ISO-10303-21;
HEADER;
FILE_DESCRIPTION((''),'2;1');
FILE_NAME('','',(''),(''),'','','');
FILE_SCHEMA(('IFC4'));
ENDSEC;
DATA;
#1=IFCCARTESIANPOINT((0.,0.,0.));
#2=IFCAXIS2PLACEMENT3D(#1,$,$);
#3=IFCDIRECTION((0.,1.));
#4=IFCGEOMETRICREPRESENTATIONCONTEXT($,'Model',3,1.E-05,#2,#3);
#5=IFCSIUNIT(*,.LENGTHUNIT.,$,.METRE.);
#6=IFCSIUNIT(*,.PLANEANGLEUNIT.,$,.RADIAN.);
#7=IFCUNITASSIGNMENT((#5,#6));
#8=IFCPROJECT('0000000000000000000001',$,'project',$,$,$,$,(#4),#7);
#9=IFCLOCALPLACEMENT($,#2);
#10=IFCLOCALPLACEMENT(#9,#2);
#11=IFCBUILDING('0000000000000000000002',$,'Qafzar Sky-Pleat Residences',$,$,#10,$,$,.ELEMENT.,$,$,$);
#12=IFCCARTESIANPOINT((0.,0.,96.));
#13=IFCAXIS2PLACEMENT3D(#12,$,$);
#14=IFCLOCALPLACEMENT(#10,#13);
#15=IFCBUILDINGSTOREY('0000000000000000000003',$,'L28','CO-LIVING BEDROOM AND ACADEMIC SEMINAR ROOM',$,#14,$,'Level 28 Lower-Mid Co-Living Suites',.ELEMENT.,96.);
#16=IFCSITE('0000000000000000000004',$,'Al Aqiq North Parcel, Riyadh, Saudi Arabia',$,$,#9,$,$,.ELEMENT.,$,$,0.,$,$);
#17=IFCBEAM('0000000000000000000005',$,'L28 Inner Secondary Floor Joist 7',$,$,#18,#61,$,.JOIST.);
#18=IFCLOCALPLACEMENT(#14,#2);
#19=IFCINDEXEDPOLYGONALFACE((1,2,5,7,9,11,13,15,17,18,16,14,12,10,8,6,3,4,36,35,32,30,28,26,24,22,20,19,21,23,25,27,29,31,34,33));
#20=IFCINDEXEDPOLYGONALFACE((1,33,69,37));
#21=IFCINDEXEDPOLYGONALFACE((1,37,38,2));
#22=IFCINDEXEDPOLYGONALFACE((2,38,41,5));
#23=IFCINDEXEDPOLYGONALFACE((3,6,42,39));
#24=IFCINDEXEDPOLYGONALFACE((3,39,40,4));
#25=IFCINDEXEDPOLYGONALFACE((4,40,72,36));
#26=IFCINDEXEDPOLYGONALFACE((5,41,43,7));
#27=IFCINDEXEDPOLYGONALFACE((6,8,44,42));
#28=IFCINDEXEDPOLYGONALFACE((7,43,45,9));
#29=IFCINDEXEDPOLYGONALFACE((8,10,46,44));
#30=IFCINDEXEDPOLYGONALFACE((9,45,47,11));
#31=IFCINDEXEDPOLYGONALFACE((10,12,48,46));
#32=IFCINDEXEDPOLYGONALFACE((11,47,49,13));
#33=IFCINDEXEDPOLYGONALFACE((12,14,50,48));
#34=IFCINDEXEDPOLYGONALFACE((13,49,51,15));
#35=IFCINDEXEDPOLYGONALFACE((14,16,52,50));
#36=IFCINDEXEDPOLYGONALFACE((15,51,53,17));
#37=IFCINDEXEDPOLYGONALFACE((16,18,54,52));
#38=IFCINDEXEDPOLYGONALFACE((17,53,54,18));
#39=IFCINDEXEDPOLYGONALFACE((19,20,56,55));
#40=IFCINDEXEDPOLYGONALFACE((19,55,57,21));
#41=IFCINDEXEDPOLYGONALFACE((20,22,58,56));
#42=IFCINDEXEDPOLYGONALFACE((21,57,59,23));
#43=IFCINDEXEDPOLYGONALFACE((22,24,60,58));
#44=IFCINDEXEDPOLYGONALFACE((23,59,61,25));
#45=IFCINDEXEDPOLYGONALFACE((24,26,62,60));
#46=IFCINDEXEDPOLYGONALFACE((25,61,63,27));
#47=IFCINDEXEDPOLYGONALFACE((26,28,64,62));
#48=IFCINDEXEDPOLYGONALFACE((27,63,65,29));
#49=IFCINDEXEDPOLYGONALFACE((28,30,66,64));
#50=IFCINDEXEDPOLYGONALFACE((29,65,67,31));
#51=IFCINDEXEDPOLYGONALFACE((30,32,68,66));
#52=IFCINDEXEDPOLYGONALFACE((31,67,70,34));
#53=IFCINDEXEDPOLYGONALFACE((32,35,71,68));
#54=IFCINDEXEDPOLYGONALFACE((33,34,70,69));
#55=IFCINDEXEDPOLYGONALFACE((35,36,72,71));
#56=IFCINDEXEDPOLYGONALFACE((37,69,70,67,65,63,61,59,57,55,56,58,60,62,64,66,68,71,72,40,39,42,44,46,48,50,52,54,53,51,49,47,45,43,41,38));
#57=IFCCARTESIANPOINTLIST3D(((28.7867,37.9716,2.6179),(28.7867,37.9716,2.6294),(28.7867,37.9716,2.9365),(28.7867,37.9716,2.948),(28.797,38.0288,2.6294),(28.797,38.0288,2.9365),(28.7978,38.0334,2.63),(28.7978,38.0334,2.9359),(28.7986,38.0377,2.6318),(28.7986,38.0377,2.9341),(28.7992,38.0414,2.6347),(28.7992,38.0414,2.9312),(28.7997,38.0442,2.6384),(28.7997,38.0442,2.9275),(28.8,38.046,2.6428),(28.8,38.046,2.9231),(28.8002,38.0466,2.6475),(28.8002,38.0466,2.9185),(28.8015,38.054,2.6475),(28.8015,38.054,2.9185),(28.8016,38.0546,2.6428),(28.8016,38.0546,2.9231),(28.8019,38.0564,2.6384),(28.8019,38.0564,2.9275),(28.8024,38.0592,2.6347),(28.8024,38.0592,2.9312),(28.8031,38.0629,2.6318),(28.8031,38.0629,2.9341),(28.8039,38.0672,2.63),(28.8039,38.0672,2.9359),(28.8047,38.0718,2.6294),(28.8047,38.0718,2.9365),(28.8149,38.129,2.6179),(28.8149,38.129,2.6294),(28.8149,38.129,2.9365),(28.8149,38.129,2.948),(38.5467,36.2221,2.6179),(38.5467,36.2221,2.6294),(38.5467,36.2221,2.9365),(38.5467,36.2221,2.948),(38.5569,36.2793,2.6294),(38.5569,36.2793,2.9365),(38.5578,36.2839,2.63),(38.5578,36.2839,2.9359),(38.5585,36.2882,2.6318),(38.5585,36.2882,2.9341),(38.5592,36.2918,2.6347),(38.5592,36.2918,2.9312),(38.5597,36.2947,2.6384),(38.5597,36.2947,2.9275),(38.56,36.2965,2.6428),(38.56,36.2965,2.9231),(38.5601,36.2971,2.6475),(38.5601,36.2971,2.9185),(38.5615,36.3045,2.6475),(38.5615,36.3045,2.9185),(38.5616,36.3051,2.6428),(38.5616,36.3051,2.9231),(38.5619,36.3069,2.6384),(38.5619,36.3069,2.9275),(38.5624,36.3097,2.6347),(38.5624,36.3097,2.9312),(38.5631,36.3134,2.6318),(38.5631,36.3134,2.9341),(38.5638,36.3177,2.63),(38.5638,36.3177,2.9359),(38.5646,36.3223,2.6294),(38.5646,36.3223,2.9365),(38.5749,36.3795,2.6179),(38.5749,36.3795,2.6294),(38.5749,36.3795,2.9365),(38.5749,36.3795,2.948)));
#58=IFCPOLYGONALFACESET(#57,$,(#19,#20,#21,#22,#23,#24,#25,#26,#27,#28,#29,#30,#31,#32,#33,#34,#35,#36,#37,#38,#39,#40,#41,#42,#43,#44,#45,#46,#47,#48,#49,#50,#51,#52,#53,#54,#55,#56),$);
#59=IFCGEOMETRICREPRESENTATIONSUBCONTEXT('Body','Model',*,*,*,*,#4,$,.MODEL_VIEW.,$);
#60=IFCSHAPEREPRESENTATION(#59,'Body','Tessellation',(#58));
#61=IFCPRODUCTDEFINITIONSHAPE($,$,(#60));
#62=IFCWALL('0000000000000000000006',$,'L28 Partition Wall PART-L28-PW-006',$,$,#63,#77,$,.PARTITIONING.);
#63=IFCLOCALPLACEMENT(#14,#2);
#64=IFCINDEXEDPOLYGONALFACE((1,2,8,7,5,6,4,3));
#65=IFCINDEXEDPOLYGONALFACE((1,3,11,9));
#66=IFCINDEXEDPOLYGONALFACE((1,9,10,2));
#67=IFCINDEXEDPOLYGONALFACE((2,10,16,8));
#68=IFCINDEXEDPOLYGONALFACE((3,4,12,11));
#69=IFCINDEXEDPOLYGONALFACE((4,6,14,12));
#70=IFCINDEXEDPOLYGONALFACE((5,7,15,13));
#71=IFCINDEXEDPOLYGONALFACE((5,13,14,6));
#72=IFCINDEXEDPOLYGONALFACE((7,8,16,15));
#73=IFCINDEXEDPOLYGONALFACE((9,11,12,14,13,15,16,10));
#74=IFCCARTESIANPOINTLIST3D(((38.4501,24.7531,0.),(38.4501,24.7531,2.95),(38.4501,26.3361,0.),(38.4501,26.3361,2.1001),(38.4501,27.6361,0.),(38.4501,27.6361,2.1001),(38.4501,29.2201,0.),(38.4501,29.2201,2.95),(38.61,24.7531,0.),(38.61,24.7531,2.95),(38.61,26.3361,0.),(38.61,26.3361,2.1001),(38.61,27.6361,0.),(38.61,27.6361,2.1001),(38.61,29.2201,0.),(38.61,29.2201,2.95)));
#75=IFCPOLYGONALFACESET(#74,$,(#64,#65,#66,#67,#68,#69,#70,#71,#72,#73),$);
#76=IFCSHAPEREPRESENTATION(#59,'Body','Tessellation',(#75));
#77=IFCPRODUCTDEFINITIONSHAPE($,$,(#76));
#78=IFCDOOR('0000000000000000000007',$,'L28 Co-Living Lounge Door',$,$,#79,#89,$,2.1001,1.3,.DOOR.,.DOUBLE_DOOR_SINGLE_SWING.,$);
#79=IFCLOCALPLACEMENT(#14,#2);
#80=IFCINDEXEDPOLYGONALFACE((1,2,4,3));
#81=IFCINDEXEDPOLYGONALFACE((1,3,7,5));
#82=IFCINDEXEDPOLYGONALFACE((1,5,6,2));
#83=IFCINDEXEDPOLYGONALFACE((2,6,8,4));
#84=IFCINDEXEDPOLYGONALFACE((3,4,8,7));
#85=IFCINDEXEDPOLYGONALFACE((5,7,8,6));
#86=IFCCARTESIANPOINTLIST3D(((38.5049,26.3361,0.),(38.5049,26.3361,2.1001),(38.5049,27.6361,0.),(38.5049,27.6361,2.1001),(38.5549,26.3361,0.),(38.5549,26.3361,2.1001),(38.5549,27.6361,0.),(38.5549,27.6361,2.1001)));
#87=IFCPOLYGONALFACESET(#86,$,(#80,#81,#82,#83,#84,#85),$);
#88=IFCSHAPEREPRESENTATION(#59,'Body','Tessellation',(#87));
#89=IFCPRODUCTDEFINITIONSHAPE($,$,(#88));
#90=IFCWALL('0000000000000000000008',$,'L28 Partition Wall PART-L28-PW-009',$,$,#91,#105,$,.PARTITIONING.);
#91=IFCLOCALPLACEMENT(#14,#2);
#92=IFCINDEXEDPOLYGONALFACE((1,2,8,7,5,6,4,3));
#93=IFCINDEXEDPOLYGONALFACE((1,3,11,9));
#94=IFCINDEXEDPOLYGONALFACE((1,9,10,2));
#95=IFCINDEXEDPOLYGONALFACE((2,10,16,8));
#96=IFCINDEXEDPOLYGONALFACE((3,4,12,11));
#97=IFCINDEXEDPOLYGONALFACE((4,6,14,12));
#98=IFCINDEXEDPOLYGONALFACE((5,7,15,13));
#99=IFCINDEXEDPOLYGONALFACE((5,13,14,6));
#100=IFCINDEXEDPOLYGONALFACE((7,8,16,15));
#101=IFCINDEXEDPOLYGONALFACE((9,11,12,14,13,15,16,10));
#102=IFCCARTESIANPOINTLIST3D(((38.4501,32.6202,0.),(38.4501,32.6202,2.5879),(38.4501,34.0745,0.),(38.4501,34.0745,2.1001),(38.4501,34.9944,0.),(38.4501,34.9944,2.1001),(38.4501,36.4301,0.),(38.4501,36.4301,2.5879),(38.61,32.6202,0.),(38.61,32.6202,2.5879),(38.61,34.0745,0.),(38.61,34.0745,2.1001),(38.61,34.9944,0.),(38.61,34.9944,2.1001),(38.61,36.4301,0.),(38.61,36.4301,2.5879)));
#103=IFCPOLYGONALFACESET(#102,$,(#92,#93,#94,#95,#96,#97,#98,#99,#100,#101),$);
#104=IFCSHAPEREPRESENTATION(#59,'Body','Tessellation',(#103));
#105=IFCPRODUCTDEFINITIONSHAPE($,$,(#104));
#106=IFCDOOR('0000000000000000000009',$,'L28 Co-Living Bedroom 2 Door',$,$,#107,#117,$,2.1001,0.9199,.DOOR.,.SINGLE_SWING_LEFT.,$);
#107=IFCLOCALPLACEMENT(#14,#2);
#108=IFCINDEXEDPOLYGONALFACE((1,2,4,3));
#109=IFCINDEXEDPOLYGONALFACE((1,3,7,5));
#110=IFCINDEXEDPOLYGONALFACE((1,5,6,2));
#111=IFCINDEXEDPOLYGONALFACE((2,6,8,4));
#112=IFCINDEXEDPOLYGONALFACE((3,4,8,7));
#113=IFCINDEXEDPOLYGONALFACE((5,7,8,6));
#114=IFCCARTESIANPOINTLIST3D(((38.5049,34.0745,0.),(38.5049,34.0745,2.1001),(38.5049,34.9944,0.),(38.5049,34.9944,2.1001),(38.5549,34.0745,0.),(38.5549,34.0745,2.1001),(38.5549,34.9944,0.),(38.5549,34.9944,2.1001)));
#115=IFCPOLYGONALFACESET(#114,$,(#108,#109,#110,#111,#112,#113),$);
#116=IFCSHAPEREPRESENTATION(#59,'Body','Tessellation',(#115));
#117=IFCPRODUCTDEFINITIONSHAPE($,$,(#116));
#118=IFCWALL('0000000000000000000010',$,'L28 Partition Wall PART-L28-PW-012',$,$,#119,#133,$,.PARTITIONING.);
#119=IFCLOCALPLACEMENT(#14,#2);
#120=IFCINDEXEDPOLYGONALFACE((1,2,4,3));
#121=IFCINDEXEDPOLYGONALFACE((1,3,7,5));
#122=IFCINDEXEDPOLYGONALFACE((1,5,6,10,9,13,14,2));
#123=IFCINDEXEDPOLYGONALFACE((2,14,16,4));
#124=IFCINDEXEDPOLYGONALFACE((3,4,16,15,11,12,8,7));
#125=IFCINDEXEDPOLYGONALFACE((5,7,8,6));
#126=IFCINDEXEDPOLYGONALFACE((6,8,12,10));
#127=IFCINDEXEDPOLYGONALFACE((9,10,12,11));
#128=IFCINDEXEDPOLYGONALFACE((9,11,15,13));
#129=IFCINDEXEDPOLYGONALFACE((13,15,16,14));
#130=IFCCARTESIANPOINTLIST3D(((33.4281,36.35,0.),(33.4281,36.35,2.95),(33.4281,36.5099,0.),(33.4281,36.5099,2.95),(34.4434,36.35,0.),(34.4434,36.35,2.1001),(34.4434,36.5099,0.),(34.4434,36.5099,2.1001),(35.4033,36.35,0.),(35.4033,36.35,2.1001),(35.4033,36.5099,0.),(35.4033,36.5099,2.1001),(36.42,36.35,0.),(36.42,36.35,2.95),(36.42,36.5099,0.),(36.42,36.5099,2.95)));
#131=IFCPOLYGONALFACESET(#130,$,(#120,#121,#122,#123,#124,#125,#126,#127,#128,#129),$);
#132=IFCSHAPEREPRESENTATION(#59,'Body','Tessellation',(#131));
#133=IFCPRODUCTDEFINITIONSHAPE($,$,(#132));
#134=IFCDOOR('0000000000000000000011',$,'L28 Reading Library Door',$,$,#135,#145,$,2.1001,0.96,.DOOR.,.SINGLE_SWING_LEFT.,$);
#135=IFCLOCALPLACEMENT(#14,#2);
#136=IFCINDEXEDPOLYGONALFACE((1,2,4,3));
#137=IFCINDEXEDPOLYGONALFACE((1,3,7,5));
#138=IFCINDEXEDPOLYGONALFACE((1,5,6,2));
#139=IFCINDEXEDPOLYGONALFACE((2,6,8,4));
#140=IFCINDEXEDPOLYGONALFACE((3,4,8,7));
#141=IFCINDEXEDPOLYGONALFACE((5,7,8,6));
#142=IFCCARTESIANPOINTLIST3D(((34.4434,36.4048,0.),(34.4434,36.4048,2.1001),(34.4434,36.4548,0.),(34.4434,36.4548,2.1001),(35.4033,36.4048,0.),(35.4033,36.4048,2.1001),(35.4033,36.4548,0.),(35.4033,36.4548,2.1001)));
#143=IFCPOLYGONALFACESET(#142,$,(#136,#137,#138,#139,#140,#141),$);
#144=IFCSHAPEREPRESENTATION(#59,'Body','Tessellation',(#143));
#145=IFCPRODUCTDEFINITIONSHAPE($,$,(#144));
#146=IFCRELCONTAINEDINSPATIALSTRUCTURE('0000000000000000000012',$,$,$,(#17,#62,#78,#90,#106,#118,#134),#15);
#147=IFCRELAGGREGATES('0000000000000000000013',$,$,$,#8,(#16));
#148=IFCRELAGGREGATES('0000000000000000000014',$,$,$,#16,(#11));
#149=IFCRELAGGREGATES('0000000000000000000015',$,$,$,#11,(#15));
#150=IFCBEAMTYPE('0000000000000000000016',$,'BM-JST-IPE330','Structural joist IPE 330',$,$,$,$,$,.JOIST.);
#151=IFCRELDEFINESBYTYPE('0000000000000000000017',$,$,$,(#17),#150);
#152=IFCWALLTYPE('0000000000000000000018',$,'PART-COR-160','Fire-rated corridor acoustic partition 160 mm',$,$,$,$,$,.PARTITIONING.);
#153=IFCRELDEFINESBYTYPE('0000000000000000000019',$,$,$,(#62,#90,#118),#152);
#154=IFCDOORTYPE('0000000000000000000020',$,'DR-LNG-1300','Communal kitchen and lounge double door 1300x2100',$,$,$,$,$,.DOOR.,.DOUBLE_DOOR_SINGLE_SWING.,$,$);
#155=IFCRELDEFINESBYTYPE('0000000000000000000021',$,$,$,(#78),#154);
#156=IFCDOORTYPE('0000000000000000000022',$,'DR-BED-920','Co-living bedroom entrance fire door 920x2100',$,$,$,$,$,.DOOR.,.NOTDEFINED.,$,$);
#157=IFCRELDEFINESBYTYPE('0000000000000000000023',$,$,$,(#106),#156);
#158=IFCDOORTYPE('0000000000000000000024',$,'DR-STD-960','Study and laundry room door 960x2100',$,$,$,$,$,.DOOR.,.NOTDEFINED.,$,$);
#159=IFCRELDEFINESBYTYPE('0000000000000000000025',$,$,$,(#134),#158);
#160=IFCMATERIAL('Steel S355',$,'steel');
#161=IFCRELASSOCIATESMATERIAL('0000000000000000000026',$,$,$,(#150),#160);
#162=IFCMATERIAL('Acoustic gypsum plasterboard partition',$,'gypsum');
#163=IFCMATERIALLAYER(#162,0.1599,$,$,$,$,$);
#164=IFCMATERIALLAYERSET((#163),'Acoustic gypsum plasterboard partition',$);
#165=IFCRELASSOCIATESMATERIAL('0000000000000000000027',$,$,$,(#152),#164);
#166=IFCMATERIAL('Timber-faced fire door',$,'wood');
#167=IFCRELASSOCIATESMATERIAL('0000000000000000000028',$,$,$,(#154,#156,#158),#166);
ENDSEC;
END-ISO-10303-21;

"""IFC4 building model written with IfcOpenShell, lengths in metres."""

from ifc_helpers import new_model, si_unit, direction, frame, frame_2d, origin, origin_2d, place, context, subcontext, project, spatial, rectangle, i_section, extrude, source, transform, mapped, material, layer, layer_set, material_profile, profile_set, type_object, element, fill, save


model = new_model("IFC4")

# Units and contexts
model_context = context("Model", 3, precision=1e-05, world=origin(), true_north=direction((0.0, 1.0)))
body_context = subcontext(model_context, "Body", "Model", "MODEL_VIEW")
ifc_project = project(units=[si_unit("LENGTHUNIT", "METRE"), si_unit("PLANEANGLEUNIT", "RADIAN")], contexts=[model_context])

# Site, building, storey
site_placement = place(None, origin())
site = spatial("IfcSite", under=ifc_project, at=site_placement, Name="Al Aqiq North Parcel, Riyadh, Saudi Arabia", CompositionType="ELEMENT", RefElevation=0.0)
building_placement = place(site_placement, origin())
building = spatial("IfcBuilding", under=site, at=building_placement, Name="Qafzar Sky-Pleat Residences", CompositionType="ELEMENT")
storey_placement = place(building_placement, frame((0.0, 0.0, 96.0)))
storey = spatial("IfcBuildingStorey", under=building, at=storey_placement, Name="L28", Description="CO-LIVING BEDROOM AND ACADEMIC SEMINAR ROOM", LongName="Level 28 Lower-Mid Co-Living Suites", CompositionType="ELEMENT", Elevation=96.0)

# Beam
ifc_material_1 = material(Name="Steel S355", Category="steel")
ifc_material_profile = material_profile(ifc_material_1, i_section(OverallWidth=0.1599, OverallDepth=0.3301, WebThickness=0.0076, FlangeThickness=0.0115, FilletRadius=0.0181, at=origin_2d()), Name="IPE 330")
ifc_profile_set = profile_set([ifc_material_profile], Name="Steel S355")
beam_type = type_object("IfcBeamType", Name="BM-JST-IPE330", Description="Structural joist IPE 330", PredefinedType="JOIST", material=ifc_profile_set)
shared_shape_1 = source(origin(), body_context, "Body", "SweptSolid", [
    extrude(i_section(OverallWidth=0.1599, OverallDepth=0.3301, WebThickness=0.0076, FlangeThickness=0.0115, FilletRadius=0.0181, at=origin_2d()), origin(), (0.0, 0.0, 1.0), 9.9155),
])
beam_placement = place(storey_placement, frame((38.5608, 36.3008, 2.783), z_axis=(-0.984311, 0.176441, 0.0), x_axis=(-0.176441, -0.984311, 0.0)))
element("IfcBeam", 1, at=beam_placement, inside=storey, type_object=beam_type, Name="L28 Inner Secondary Floor Joist 7", PredefinedType="JOIST", context=body_context, shape_type="MappedRepresentation", body=[
    mapped(shared_shape_1, transform((0.0, 0.0, 0.0), x_axis=(1.0, 0.0, 0.0), y_axis=(0.0, 1.0, 0.0), z_axis=(0.0, 0.0, 1.0), scale=1.0)),
])

# Walls, openings, doors
ifc_material_2 = material(Name="Acoustic gypsum plasterboard partition", Category="gypsum")
ifc_layer_1 = layer(ifc_material_2, 0.1599)
ifc_layer_set_1 = layer_set([ifc_layer_1], Name="Acoustic gypsum plasterboard partition")
wall_type_1 = type_object("IfcWallType", Name="PART-COR-160", Description="Fire-rated corridor acoustic partition 160 mm", PredefinedType="PARTITIONING", material=ifc_layer_set_1)
wall_1_placement = place(storey_placement, frame((38.53, 29.22, 0.0), z_axis=(0.0, 0.0, 1.0), x_axis=(0.0, -1.0, 0.0)))
wall_1 = element("IfcWall", 2, at=wall_1_placement, inside=storey, type_object=wall_type_1, Name="L28 Partition Wall PART-L28-PW-006", PredefinedType="PARTITIONING", context=body_context, shape_type="SweptSolid", body=[
    extrude(rectangle(XDim=4.467, YDim=0.1599, at=frame_2d((2.2334, 0.0))), origin(), (0.0, 0.0, 1.0), 2.95),
])
opening_1_placement = place(wall_1_placement, frame((1.584, 0.0, 0.0)))
opening_1 = element("IfcOpeningElement", 3, at=opening_1_placement, cuts=wall_1, PredefinedType="OPENING", context=body_context, shape_type="SweptSolid", body=[
    extrude(rectangle(XDim=1.3, YDim=2.1001, at=frame_2d((0.6499, 1.05))), frame((0.0, 0.0898, 0.0), z_axis=(0.0, -1.0, 0.0), x_axis=(1.0, 0.0, 0.0)), (0.0, 0.0, 1.0), 0.1799),
])
ifc_material_3 = material(Name="Timber-faced fire door", Category="wood")
door_type_1 = type_object("IfcDoorType", Name="DR-LNG-1300", Description="Communal kitchen and lounge double door 1300x2100", OperationType="DOUBLE_DOOR_SINGLE_SWING", PredefinedType="DOOR", material=ifc_material_3)
shared_shape_2 = source(origin(), body_context, "Body", "SweptSolid", [
    extrude(rectangle(XDim=1.3, YDim=2.1001, at=frame_2d((0.6499, 1.05))), frame((0.0, 0.0249, 0.0), z_axis=(0.0, -1.0, 0.0), x_axis=(1.0, 0.0, 0.0)), (0.0, 0.0, 1.0), 0.05),
])
door_1_placement = place(opening_1_placement, origin())
door_1 = element("IfcDoor", 4, at=door_1_placement, inside=storey, type_object=door_type_1, Name="L28 Co-Living Lounge Door", OperationType="DOUBLE_DOOR_SINGLE_SWING", OverallHeight=2.1001, OverallWidth=1.3, PredefinedType="DOOR", context=body_context, shape_type="MappedRepresentation", body=[
    mapped(shared_shape_2, transform((0.0, 0.0, 0.0), x_axis=(1.0, 0.0, 0.0), y_axis=(0.0, 1.0, 0.0), z_axis=(0.0, 0.0, 1.0), scale=1.0)),
])
fill(opening_1, door_1)
wall_2_placement = place(storey_placement, frame((38.53, 36.4299, 0.0), z_axis=(0.0, 0.0, 1.0), x_axis=(0.0, -1.0, 0.0)))
wall_2 = element("IfcWall", 5, at=wall_2_placement, inside=storey, type_object=wall_type_1, Name="L28 Partition Wall PART-L28-PW-009", PredefinedType="PARTITIONING", context=body_context, shape_type="SweptSolid", body=[
    extrude(rectangle(XDim=3.8098, YDim=0.1599, at=frame_2d((1.9048, 0.0))), origin(), (0.0, 0.0, 1.0), 2.5879),
])
opening_2_placement = place(wall_2_placement, frame((1.4355, 0.0, 0.0)))
opening_2 = element("IfcOpeningElement", 6, at=opening_2_placement, cuts=wall_2, PredefinedType="OPENING", context=body_context, shape_type="SweptSolid", body=[
    extrude(rectangle(XDim=0.9199, YDim=2.1001, at=frame_2d((0.46, 1.05))), frame((0.0, 0.0898, 0.0), z_axis=(0.0, -1.0, 0.0), x_axis=(1.0, 0.0, 0.0)), (0.0, 0.0, 1.0), 0.1799),
])
door_type_2 = type_object("IfcDoorType", Name="DR-BED-920", Description="Co-living bedroom entrance fire door 920x2100", OperationType="NOTDEFINED", PredefinedType="DOOR", material=ifc_material_3)
shared_shape_3 = source(origin(), body_context, "Body", "SweptSolid", [
    extrude(rectangle(XDim=0.9199, YDim=2.1001, at=frame_2d((0.46, 1.05))), frame((0.0, 0.0249, 0.0), z_axis=(0.0, -1.0, 0.0), x_axis=(1.0, 0.0, 0.0)), (0.0, 0.0, 1.0), 0.05),
])
door_2_placement = place(opening_2_placement, origin())
door_2 = element("IfcDoor", 7, at=door_2_placement, inside=storey, type_object=door_type_2, Name="L28 Co-Living Bedroom 2 Door", OperationType="SINGLE_SWING_LEFT", OverallHeight=2.1001, OverallWidth=0.9199, PredefinedType="DOOR", context=body_context, shape_type="MappedRepresentation", body=[
    mapped(shared_shape_3, transform((0.0, 0.0, 0.0), x_axis=(1.0, 0.0, 0.0), y_axis=(0.0, 1.0, 0.0), z_axis=(0.0, 0.0, 1.0), scale=1.0)),
])
fill(opening_2, door_2)
wall_3_placement = place(storey_placement, frame((33.428, 36.4299, 0.0), z_axis=(0.0, 0.0, 1.0), x_axis=(1.0, 0.0, 0.0)))
wall_3 = element("IfcWall", 8, at=wall_3_placement, inside=storey, type_object=wall_type_1, Name="L28 Partition Wall PART-L28-PW-012", PredefinedType="PARTITIONING", context=body_context, shape_type="SweptSolid", body=[
    extrude(rectangle(XDim=2.9919, YDim=0.1599, at=frame_2d((1.4961, 0.0))), origin(), (0.0, 0.0, 1.0), 2.95),
])
opening_3_placement = place(wall_3_placement, frame((1.0154, 0.0, 0.0)))
opening_3 = element("IfcOpeningElement", 9, at=opening_3_placement, cuts=wall_3, PredefinedType="OPENING", context=body_context, shape_type="SweptSolid", body=[
    extrude(rectangle(XDim=0.96, YDim=2.1001, at=frame_2d((0.48, 1.05))), frame((0.0, 0.0898, 0.0), z_axis=(0.0, -1.0, 0.0), x_axis=(1.0, 0.0, 0.0)), (0.0, 0.0, 1.0), 0.1799),
])
door_type_3 = type_object("IfcDoorType", Name="DR-STD-960", Description="Study and laundry room door 960x2100", OperationType="NOTDEFINED", PredefinedType="DOOR", material=ifc_material_3)
shared_shape_4 = source(origin(), body_context, "Body", "SweptSolid", [
    extrude(rectangle(XDim=0.96, YDim=2.1001, at=frame_2d((0.48, 1.05))), frame((0.0, 0.0249, 0.0), z_axis=(0.0, -1.0, 0.0), x_axis=(1.0, 0.0, 0.0)), (0.0, 0.0, 1.0), 0.05),
])
door_3_placement = place(opening_3_placement, origin())
door_3 = element("IfcDoor", 10, at=door_3_placement, inside=storey, type_object=door_type_3, Name="L28 Reading Library Door", OperationType="SINGLE_SWING_LEFT", OverallHeight=2.1001, OverallWidth=0.96, PredefinedType="DOOR", context=body_context, shape_type="MappedRepresentation", body=[
    mapped(shared_shape_4, transform((0.0, 0.0, 0.0), x_axis=(1.0, 0.0, 0.0), y_axis=(0.0, 1.0, 0.0), z_axis=(0.0, 0.0, 1.0), scale=1.0)),
])
fill(opening_3, door_3)

save(model, "model.ifc")
